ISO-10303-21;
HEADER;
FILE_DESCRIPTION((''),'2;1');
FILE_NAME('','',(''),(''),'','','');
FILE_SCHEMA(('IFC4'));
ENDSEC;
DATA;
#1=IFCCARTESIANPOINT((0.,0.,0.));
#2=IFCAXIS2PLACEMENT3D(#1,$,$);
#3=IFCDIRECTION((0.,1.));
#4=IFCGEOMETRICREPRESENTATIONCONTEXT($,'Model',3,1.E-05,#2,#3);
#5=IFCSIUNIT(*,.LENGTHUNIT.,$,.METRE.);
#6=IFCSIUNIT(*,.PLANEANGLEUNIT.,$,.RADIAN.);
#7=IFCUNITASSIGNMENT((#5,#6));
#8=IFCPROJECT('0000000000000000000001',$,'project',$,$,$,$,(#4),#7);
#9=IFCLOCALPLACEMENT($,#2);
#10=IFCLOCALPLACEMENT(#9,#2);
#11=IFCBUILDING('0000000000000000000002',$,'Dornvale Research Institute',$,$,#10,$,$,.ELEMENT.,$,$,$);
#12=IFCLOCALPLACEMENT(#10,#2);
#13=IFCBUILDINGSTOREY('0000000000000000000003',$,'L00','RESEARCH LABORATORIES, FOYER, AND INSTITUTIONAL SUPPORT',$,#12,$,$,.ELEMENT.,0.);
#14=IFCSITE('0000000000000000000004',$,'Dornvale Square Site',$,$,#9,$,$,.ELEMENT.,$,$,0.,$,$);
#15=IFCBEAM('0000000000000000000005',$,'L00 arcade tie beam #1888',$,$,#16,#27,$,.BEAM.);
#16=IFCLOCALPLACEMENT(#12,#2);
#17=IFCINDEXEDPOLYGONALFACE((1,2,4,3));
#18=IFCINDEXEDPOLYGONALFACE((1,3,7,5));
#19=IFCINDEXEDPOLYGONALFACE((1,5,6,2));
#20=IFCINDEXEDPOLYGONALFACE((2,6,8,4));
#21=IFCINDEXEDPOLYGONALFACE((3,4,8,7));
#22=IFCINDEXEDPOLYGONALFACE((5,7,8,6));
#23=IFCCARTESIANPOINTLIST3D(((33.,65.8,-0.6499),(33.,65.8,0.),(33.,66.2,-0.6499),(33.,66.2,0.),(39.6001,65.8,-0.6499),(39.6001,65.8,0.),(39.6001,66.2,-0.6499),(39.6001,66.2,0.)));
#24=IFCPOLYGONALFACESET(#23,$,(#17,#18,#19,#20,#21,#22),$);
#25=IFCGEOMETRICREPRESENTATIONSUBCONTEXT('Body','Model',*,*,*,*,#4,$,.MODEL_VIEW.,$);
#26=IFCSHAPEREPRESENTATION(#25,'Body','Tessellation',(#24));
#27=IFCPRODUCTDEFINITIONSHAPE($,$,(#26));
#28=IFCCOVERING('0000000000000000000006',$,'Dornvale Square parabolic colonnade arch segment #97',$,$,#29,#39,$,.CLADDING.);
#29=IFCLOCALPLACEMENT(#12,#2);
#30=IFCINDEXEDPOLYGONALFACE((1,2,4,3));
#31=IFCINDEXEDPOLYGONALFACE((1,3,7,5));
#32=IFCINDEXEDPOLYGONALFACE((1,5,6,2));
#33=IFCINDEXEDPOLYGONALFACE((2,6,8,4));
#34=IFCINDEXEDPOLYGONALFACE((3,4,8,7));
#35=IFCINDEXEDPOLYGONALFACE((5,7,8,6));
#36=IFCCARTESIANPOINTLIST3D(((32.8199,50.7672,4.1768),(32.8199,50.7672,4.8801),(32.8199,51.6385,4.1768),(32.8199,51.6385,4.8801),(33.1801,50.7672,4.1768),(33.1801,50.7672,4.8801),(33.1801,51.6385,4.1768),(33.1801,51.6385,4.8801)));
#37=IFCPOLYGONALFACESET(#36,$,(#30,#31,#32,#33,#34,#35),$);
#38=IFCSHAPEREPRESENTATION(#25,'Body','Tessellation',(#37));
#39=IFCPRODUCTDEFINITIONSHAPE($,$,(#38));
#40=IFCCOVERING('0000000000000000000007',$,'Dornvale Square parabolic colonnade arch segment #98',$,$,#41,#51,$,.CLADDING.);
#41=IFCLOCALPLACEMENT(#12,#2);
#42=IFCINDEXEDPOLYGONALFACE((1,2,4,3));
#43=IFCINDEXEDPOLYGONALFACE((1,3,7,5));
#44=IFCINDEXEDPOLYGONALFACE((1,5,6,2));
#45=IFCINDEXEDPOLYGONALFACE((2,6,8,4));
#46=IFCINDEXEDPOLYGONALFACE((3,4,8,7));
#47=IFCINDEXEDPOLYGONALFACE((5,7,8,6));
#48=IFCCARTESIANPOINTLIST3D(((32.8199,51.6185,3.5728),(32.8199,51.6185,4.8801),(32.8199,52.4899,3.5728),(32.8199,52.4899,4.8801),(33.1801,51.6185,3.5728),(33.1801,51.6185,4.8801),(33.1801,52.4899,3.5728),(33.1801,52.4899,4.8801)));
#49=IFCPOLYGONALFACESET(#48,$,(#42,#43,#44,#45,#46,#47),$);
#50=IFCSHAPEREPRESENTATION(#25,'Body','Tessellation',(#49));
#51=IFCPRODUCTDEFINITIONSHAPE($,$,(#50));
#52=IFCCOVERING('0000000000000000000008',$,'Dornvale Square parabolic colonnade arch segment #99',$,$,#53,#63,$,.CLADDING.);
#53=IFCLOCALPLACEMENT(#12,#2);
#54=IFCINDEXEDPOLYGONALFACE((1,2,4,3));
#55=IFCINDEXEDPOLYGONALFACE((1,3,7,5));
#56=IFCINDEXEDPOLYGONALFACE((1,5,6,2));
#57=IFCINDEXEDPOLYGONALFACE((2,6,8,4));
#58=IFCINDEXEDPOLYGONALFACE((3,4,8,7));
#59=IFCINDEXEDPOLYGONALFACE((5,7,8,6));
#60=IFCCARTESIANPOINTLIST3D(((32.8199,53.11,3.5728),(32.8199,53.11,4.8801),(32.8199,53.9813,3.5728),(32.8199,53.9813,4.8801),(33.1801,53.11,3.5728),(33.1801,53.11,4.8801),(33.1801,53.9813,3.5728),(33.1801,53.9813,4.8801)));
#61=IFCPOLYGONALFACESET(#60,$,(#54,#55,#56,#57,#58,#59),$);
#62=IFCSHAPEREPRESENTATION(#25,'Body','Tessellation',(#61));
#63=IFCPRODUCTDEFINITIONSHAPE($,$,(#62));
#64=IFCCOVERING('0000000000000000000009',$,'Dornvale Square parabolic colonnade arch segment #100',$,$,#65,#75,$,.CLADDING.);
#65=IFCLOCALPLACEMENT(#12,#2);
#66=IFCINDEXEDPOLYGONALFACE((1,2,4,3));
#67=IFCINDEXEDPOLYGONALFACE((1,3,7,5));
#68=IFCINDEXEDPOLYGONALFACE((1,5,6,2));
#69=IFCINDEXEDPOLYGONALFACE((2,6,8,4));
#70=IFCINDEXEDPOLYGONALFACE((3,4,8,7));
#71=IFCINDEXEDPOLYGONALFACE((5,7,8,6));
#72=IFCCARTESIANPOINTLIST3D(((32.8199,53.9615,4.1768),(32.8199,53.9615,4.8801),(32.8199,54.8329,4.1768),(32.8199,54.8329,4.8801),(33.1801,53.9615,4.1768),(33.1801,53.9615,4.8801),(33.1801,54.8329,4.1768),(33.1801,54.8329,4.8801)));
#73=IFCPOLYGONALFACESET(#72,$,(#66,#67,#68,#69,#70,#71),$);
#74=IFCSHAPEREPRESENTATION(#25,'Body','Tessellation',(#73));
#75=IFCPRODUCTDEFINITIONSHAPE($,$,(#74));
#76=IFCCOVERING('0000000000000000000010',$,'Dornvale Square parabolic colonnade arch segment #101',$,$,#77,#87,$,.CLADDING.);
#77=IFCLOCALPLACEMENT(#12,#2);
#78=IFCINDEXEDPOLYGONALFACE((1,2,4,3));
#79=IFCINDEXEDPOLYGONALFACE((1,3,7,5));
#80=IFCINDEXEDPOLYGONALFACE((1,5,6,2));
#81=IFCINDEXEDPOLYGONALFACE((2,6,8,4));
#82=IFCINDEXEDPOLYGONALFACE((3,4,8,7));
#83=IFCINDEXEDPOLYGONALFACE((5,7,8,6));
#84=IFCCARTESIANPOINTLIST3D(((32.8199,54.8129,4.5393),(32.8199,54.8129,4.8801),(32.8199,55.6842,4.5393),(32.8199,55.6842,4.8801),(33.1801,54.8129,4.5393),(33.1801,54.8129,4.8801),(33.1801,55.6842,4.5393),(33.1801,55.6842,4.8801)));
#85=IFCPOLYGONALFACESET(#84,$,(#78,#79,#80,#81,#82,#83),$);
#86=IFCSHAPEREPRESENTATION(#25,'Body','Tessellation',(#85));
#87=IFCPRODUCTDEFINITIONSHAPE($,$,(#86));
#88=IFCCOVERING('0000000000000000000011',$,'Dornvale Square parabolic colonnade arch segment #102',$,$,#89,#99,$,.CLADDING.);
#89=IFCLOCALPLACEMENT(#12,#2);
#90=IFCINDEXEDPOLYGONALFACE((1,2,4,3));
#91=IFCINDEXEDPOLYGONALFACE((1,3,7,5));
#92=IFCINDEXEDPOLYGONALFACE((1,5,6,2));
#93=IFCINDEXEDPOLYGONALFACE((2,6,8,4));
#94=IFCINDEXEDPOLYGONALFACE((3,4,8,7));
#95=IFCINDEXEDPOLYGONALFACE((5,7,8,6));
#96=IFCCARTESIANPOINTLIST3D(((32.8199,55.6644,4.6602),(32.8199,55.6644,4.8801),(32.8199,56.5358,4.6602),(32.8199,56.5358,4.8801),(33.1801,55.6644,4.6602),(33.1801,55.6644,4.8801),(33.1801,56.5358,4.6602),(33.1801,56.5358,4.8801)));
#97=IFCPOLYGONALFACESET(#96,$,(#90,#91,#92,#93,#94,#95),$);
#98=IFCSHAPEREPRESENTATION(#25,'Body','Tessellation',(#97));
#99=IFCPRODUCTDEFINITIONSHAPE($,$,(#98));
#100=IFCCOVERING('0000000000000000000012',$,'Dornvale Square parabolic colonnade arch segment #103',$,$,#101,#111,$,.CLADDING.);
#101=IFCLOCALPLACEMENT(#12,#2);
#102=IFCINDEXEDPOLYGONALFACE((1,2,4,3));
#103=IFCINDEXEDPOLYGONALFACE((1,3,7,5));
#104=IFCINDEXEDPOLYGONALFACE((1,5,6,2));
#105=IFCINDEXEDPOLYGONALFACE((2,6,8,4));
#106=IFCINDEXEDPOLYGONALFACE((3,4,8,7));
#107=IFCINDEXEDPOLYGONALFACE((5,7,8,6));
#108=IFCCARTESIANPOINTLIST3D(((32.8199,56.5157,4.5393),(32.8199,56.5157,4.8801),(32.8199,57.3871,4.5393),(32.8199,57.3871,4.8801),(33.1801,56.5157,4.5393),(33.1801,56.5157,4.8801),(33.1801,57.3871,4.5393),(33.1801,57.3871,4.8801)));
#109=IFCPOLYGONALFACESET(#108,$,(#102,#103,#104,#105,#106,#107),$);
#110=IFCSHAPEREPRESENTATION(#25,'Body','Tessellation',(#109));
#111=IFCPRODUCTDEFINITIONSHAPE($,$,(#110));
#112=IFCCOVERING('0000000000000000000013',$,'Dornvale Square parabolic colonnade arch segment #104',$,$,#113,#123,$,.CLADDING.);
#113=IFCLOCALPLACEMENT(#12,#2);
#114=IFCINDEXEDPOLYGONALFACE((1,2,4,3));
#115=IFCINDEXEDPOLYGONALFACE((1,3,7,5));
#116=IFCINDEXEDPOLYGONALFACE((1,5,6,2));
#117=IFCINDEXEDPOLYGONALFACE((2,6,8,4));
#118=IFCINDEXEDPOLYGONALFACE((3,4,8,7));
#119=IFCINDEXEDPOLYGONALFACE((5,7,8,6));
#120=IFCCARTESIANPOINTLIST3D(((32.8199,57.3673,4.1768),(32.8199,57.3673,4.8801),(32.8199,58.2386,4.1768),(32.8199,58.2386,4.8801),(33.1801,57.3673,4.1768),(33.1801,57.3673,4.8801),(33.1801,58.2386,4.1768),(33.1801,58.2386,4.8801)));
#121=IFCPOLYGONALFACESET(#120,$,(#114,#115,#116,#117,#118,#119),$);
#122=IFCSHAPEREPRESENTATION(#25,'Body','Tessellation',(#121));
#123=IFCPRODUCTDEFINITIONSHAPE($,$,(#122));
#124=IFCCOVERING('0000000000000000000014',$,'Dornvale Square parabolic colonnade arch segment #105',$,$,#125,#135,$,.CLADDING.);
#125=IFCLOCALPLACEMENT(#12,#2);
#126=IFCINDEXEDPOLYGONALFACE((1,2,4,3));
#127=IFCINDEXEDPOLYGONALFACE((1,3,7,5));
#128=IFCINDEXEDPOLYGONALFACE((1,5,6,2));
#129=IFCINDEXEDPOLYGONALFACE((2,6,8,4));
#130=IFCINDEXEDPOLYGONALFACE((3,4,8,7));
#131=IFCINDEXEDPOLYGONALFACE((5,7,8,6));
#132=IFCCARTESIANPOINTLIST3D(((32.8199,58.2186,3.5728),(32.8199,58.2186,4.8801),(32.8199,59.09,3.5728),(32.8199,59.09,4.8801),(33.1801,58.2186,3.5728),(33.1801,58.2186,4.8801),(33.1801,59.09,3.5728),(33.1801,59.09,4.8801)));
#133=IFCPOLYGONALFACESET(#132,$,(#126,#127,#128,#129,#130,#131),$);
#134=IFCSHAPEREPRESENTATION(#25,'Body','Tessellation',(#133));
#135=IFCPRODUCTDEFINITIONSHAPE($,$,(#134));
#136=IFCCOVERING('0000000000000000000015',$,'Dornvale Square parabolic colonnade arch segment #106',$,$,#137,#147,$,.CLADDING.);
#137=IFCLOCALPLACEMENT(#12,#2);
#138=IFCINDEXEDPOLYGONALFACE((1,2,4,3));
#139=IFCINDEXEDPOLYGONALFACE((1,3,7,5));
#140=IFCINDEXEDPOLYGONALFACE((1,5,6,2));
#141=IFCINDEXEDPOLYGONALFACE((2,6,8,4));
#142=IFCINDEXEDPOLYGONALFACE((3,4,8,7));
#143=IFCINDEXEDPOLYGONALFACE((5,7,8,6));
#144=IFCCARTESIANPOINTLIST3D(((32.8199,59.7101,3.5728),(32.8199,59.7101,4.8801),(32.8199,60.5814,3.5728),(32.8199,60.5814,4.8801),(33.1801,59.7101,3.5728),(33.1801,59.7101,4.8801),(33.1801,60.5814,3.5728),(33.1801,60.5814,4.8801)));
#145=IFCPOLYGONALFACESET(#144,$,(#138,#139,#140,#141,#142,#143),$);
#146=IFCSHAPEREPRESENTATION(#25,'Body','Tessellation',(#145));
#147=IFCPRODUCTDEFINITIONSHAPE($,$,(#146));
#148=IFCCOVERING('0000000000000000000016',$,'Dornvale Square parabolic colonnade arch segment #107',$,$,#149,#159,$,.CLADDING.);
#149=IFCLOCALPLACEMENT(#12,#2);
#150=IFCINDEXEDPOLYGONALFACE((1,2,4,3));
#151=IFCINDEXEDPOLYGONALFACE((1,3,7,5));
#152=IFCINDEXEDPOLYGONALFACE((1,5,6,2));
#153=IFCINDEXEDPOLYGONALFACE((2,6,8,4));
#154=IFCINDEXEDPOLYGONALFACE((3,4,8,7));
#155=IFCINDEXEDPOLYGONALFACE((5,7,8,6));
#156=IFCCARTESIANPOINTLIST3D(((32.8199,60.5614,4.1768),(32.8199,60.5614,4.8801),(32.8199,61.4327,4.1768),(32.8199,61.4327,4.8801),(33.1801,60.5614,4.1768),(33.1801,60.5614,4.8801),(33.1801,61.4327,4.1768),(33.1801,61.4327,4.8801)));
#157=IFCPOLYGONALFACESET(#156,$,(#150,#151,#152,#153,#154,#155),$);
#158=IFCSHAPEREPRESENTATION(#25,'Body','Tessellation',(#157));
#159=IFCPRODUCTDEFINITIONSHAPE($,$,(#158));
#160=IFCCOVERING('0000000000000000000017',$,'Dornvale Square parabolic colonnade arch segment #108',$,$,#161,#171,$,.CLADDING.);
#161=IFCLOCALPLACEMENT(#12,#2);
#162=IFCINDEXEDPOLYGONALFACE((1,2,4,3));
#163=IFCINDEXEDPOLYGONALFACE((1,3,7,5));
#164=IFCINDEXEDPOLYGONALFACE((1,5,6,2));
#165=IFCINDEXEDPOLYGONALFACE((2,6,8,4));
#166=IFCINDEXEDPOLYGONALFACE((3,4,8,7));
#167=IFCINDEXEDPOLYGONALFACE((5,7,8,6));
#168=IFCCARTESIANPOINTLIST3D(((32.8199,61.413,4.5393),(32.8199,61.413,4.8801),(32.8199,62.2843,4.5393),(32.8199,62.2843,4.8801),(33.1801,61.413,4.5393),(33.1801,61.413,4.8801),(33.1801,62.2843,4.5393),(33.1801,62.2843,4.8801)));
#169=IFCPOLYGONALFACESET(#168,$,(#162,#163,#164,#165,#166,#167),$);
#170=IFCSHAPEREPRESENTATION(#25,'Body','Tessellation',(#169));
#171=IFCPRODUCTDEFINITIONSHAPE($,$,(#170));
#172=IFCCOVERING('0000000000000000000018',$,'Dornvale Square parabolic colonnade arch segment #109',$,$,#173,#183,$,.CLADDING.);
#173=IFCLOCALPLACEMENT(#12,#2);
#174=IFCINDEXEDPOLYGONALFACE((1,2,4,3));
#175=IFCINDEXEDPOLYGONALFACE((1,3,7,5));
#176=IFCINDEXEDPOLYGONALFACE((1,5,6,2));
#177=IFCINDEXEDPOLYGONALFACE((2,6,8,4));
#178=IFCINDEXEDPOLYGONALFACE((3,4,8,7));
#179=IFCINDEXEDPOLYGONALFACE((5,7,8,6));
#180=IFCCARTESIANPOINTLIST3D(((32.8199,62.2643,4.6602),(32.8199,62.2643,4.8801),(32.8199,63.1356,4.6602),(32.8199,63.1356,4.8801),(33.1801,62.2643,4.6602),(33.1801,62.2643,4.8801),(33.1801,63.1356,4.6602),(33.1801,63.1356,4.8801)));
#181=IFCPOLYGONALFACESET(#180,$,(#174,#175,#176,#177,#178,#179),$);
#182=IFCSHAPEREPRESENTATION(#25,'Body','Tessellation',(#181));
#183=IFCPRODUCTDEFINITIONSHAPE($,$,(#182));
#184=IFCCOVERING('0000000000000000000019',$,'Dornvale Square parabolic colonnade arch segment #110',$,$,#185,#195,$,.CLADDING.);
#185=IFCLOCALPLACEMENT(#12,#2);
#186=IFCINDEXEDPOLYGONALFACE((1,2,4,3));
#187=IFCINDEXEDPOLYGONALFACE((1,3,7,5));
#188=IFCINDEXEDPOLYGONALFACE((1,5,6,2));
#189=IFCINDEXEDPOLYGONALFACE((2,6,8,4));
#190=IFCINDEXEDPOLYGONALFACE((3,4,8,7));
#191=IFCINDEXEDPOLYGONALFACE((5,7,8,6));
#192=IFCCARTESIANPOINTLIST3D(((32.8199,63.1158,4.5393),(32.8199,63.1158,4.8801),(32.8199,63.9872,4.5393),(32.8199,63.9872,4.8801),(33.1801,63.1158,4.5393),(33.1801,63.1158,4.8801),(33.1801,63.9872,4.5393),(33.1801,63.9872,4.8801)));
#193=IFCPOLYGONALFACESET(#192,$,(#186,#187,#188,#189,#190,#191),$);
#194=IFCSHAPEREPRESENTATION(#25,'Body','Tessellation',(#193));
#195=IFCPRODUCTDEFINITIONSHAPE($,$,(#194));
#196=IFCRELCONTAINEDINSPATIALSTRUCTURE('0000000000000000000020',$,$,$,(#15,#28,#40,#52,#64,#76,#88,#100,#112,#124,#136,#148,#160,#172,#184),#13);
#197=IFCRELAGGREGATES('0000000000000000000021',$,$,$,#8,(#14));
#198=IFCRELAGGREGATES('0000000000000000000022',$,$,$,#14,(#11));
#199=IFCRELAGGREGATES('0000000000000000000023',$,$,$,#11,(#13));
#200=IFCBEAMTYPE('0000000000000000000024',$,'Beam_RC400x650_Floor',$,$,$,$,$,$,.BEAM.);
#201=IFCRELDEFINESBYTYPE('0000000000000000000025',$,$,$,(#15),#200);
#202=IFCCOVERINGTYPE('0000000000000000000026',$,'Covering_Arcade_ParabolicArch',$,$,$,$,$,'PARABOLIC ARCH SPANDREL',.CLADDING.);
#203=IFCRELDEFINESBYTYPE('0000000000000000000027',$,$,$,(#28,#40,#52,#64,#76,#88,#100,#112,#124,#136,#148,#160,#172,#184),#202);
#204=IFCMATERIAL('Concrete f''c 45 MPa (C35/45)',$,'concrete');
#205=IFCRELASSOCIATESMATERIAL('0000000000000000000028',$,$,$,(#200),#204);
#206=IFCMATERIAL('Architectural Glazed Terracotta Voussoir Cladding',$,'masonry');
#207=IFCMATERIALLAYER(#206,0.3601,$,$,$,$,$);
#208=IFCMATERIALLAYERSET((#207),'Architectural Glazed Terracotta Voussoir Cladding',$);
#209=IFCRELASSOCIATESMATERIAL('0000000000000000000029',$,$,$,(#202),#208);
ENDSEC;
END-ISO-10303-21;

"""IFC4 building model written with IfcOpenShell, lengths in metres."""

from ifc_helpers import new_model, si_unit, direction, frame, origin, origin_2d, place, context, subcontext, project, spatial, rectangle, extrude, material, layer, layer_set, material_profile, profile_set, type_object, element, save


model = new_model("IFC4")

# Units and contexts
model_context = context("Model", 3, precision=1e-05, world=origin(), true_north=direction((0.0, 1.0)))
body_context = subcontext(model_context, "Body", "Model", "MODEL_VIEW")
ifc_project = project(units=[si_unit("LENGTHUNIT", "METRE"), si_unit("PLANEANGLEUNIT", "RADIAN")], contexts=[model_context])

# Site, building, storey
site_placement = place(None, origin())
site = spatial("IfcSite", under=ifc_project, at=site_placement, Name="Dornvale Square Site", CompositionType="ELEMENT", RefElevation=0.0)
building_placement = place(site_placement, origin())
building = spatial("IfcBuilding", under=site, at=building_placement, Name="Dornvale Research Institute", CompositionType="ELEMENT")
storey_placement = place(building_placement, origin())
storey = spatial("IfcBuildingStorey", under=building, at=storey_placement, Name="L00", Description="RESEARCH LABORATORIES, FOYER, AND INSTITUTIONAL SUPPORT", CompositionType="ELEMENT", Elevation=0.0)

# Beam
ifc_material_1 = material(Name="Concrete f'c 45 MPa (C35/45)", Category="concrete")
ifc_material_profile_1 = material_profile(ifc_material_1, rectangle(XDim=0.3999, YDim=0.6499, at=origin_2d()), Name="RC 400x650")
ifc_profile_set_1 = profile_set([ifc_material_profile_1], Name="Concrete f'c 45 MPa (C35/45)")
beam_type_1 = type_object("IfcBeamType", Name="Beam_RC400x650_Floor", PredefinedType="BEAM", material=ifc_profile_set_1)
for number, where, z_axis, x_axis, name in (
    (1, (33.0, 66.0, -0.325), (1.0, 0.0, 0.0), (0.0, 1.0, 0.0), "L00 arcade tie beam #1888"),
):
    element("IfcBeam", number, at=place(storey_placement, frame(where, z_axis=z_axis, x_axis=x_axis)), inside=storey, type_object=beam_type_1, Name=name, PredefinedType="BEAM", context=body_context, shape_type="SweptSolid", body=[
        extrude(rectangle(XDim=0.3999, YDim=0.6499, at=origin_2d()), origin(), (0.0, 0.0, 1.0), 6.6001),
    ])

# Coverings
ifc_material_2 = material(Name="Architectural Glazed Terracotta Voussoir Cladding", Category="masonry")
ifc_layer = layer(ifc_material_2, 0.3601)
ifc_layer_set = layer_set([ifc_layer], Name="Architectural Glazed Terracotta Voussoir Cladding")
covering_type = type_object("IfcCoveringType", Name="Covering_Arcade_ParabolicArch", ElementType="PARABOLIC ARCH SPANDREL", PredefinedType="CLADDING", material=ifc_layer_set)
covering_1_placement = place(storey_placement, frame((33.0, 51.2029, 4.1768), z_axis=(0.0, 0.0, 1.0), x_axis=(0.0, 1.0, 0.0)))
element("IfcCovering", 2, at=covering_1_placement, inside=storey, type_object=covering_type, Name="Dornvale Square parabolic colonnade arch segment #97", PredefinedType="CLADDING", context=body_context, shape_type="SweptSolid", body=[
    extrude(rectangle(XDim=0.8713, YDim=0.3601, at=origin_2d()), origin(), (0.0, 0.0, 1.0), 0.7034),
])
for number, where, z_axis, x_axis, name in (
    (3, (33.0, 52.0542, 3.5728), (0.0, 0.0, 1.0), (0.0, 1.0, 0.0), "Dornvale Square parabolic colonnade arch segment #98"),
    (4, (33.0, 53.5457, 3.5728), (0.0, 0.0, 1.0), (0.0, 1.0, 0.0), "Dornvale Square parabolic colonnade arch segment #99"),
):
    element("IfcCovering", number, at=place(storey_placement, frame(where, z_axis=z_axis, x_axis=x_axis)), inside=storey, type_object=covering_type, Name=name, PredefinedType="CLADDING", context=body_context, shape_type="SweptSolid", body=[
        extrude(rectangle(XDim=0.8713, YDim=0.3601, at=origin_2d()), origin(), (0.0, 0.0, 1.0), 1.3074),
    ])
covering_2_placement = place(storey_placement, frame((33.0, 54.3972, 4.1768), z_axis=(0.0, 0.0, 1.0), x_axis=(0.0, 1.0, 0.0)))
element("IfcCovering", 5, at=covering_2_placement, inside=storey, type_object=covering_type, Name="Dornvale Square parabolic colonnade arch segment #100", PredefinedType="CLADDING", context=body_context, shape_type="SweptSolid", body=[
    extrude(rectangle(XDim=0.8713, YDim=0.3601, at=origin_2d()), origin(), (0.0, 0.0, 1.0), 0.7034),
])
covering_3_placement = place(storey_placement, frame((33.0, 55.2485, 4.5393), z_axis=(0.0, 0.0, 1.0), x_axis=(0.0, 1.0, 0.0)))
element("IfcCovering", 6, at=covering_3_placement, inside=storey, type_object=covering_type, Name="Dornvale Square parabolic colonnade arch segment #101", PredefinedType="CLADDING", context=body_context, shape_type="SweptSolid", body=[
    extrude(rectangle(XDim=0.8713, YDim=0.3601, at=origin_2d()), origin(), (0.0, 0.0, 1.0), 0.3408),
])
covering_4_placement = place(storey_placement, frame((33.0, 56.1001, 4.6602), z_axis=(0.0, 0.0, 1.0), x_axis=(0.0, 1.0, 0.0)))
element("IfcCovering", 7, at=covering_4_placement, inside=storey, type_object=covering_type, Name="Dornvale Square parabolic colonnade arch segment #102", PredefinedType="CLADDING", context=body_context, shape_type="SweptSolid", body=[
    extrude(rectangle(XDim=0.8713, YDim=0.3601, at=origin_2d()), origin(), (0.0, 0.0, 1.0), 0.22),
])
covering_5_placement = place(storey_placement, frame((33.0, 56.9514, 4.5393), z_axis=(0.0, 0.0, 1.0), x_axis=(0.0, 1.0, 0.0)))
element("IfcCovering", 8, at=covering_5_placement, inside=storey, type_object=covering_type, Name="Dornvale Square parabolic colonnade arch segment #103", PredefinedType="CLADDING", context=body_context, shape_type="SweptSolid", body=[
    extrude(rectangle(XDim=0.8713, YDim=0.3601, at=origin_2d()), origin(), (0.0, 0.0, 1.0), 0.3408),
])
covering_6_placement = place(storey_placement, frame((33.0, 57.803, 4.1768), z_axis=(0.0, 0.0, 1.0), x_axis=(0.0, 1.0, 0.0)))
element("IfcCovering", 9, at=covering_6_placement, inside=storey, type_object=covering_type, Name="Dornvale Square parabolic colonnade arch segment #104", PredefinedType="CLADDING", context=body_context, shape_type="SweptSolid", body=[
    extrude(rectangle(XDim=0.8713, YDim=0.3601, at=origin_2d()), origin(), (0.0, 0.0, 1.0), 0.7034),
])
for number, where, z_axis, x_axis, name in (
    (10, (33.0, 58.6543, 3.5728), (0.0, 0.0, 1.0), (0.0, 1.0, 0.0), "Dornvale Square parabolic colonnade arch segment #105"),
    (11, (33.0, 60.1458, 3.5728), (0.0, 0.0, 1.0), (0.0, 1.0, 0.0), "Dornvale Square parabolic colonnade arch segment #106"),
):
    element("IfcCovering", number, at=place(storey_placement, frame(where, z_axis=z_axis, x_axis=x_axis)), inside=storey, type_object=covering_type, Name=name, PredefinedType="CLADDING", context=body_context, shape_type="SweptSolid", body=[
        extrude(rectangle(XDim=0.8713, YDim=0.3601, at=origin_2d()), origin(), (0.0, 0.0, 1.0), 1.3074),
    ])
covering_7_placement = place(storey_placement, frame((33.0, 60.9971, 4.1768), z_axis=(0.0, 0.0, 1.0), x_axis=(0.0, 1.0, 0.0)))
element("IfcCovering", 12, at=covering_7_placement, inside=storey, type_object=covering_type, Name="Dornvale Square parabolic colonnade arch segment #107", PredefinedType="CLADDING", context=body_context, shape_type="SweptSolid", body=[
    extrude(rectangle(XDim=0.8713, YDim=0.3601, at=origin_2d()), origin(), (0.0, 0.0, 1.0), 0.7034),
])
covering_8_placement = place(storey_placement, frame((33.0, 61.8486, 4.5393), z_axis=(0.0, 0.0, 1.0), x_axis=(0.0, 1.0, 0.0)))
element("IfcCovering", 13, at=covering_8_placement, inside=storey, type_object=covering_type, Name="Dornvale Square parabolic colonnade arch segment #108", PredefinedType="CLADDING", context=body_context, shape_type="SweptSolid", body=[
    extrude(rectangle(XDim=0.8713, YDim=0.3601, at=origin_2d()), origin(), (0.0, 0.0, 1.0), 0.3408),
])
covering_9_placement = place(storey_placement, frame((33.0, 62.7, 4.6602), z_axis=(0.0, 0.0, 1.0), x_axis=(0.0, 1.0, 0.0)))
element("IfcCovering", 14, at=covering_9_placement, inside=storey, type_object=covering_type, Name="Dornvale Square parabolic colonnade arch segment #109", PredefinedType="CLADDING", context=body_context, shape_type="SweptSolid", body=[
    extrude(rectangle(XDim=0.8713, YDim=0.3601, at=origin_2d()), origin(), (0.0, 0.0, 1.0), 0.22),
])
covering_10_placement = place(storey_placement, frame((33.0, 63.5515, 4.5393), z_axis=(0.0, 0.0, 1.0), x_axis=(0.0, 1.0, 0.0)))
element("IfcCovering", 15, at=covering_10_placement, inside=storey, type_object=covering_type, Name="Dornvale Square parabolic colonnade arch segment #110", PredefinedType="CLADDING", context=body_context, shape_type="SweptSolid", body=[
    extrude(rectangle(XDim=0.8713, YDim=0.3601, at=origin_2d()), origin(), (0.0, 0.0, 1.0), 0.3408),
])

save(model, "model.ifc")
